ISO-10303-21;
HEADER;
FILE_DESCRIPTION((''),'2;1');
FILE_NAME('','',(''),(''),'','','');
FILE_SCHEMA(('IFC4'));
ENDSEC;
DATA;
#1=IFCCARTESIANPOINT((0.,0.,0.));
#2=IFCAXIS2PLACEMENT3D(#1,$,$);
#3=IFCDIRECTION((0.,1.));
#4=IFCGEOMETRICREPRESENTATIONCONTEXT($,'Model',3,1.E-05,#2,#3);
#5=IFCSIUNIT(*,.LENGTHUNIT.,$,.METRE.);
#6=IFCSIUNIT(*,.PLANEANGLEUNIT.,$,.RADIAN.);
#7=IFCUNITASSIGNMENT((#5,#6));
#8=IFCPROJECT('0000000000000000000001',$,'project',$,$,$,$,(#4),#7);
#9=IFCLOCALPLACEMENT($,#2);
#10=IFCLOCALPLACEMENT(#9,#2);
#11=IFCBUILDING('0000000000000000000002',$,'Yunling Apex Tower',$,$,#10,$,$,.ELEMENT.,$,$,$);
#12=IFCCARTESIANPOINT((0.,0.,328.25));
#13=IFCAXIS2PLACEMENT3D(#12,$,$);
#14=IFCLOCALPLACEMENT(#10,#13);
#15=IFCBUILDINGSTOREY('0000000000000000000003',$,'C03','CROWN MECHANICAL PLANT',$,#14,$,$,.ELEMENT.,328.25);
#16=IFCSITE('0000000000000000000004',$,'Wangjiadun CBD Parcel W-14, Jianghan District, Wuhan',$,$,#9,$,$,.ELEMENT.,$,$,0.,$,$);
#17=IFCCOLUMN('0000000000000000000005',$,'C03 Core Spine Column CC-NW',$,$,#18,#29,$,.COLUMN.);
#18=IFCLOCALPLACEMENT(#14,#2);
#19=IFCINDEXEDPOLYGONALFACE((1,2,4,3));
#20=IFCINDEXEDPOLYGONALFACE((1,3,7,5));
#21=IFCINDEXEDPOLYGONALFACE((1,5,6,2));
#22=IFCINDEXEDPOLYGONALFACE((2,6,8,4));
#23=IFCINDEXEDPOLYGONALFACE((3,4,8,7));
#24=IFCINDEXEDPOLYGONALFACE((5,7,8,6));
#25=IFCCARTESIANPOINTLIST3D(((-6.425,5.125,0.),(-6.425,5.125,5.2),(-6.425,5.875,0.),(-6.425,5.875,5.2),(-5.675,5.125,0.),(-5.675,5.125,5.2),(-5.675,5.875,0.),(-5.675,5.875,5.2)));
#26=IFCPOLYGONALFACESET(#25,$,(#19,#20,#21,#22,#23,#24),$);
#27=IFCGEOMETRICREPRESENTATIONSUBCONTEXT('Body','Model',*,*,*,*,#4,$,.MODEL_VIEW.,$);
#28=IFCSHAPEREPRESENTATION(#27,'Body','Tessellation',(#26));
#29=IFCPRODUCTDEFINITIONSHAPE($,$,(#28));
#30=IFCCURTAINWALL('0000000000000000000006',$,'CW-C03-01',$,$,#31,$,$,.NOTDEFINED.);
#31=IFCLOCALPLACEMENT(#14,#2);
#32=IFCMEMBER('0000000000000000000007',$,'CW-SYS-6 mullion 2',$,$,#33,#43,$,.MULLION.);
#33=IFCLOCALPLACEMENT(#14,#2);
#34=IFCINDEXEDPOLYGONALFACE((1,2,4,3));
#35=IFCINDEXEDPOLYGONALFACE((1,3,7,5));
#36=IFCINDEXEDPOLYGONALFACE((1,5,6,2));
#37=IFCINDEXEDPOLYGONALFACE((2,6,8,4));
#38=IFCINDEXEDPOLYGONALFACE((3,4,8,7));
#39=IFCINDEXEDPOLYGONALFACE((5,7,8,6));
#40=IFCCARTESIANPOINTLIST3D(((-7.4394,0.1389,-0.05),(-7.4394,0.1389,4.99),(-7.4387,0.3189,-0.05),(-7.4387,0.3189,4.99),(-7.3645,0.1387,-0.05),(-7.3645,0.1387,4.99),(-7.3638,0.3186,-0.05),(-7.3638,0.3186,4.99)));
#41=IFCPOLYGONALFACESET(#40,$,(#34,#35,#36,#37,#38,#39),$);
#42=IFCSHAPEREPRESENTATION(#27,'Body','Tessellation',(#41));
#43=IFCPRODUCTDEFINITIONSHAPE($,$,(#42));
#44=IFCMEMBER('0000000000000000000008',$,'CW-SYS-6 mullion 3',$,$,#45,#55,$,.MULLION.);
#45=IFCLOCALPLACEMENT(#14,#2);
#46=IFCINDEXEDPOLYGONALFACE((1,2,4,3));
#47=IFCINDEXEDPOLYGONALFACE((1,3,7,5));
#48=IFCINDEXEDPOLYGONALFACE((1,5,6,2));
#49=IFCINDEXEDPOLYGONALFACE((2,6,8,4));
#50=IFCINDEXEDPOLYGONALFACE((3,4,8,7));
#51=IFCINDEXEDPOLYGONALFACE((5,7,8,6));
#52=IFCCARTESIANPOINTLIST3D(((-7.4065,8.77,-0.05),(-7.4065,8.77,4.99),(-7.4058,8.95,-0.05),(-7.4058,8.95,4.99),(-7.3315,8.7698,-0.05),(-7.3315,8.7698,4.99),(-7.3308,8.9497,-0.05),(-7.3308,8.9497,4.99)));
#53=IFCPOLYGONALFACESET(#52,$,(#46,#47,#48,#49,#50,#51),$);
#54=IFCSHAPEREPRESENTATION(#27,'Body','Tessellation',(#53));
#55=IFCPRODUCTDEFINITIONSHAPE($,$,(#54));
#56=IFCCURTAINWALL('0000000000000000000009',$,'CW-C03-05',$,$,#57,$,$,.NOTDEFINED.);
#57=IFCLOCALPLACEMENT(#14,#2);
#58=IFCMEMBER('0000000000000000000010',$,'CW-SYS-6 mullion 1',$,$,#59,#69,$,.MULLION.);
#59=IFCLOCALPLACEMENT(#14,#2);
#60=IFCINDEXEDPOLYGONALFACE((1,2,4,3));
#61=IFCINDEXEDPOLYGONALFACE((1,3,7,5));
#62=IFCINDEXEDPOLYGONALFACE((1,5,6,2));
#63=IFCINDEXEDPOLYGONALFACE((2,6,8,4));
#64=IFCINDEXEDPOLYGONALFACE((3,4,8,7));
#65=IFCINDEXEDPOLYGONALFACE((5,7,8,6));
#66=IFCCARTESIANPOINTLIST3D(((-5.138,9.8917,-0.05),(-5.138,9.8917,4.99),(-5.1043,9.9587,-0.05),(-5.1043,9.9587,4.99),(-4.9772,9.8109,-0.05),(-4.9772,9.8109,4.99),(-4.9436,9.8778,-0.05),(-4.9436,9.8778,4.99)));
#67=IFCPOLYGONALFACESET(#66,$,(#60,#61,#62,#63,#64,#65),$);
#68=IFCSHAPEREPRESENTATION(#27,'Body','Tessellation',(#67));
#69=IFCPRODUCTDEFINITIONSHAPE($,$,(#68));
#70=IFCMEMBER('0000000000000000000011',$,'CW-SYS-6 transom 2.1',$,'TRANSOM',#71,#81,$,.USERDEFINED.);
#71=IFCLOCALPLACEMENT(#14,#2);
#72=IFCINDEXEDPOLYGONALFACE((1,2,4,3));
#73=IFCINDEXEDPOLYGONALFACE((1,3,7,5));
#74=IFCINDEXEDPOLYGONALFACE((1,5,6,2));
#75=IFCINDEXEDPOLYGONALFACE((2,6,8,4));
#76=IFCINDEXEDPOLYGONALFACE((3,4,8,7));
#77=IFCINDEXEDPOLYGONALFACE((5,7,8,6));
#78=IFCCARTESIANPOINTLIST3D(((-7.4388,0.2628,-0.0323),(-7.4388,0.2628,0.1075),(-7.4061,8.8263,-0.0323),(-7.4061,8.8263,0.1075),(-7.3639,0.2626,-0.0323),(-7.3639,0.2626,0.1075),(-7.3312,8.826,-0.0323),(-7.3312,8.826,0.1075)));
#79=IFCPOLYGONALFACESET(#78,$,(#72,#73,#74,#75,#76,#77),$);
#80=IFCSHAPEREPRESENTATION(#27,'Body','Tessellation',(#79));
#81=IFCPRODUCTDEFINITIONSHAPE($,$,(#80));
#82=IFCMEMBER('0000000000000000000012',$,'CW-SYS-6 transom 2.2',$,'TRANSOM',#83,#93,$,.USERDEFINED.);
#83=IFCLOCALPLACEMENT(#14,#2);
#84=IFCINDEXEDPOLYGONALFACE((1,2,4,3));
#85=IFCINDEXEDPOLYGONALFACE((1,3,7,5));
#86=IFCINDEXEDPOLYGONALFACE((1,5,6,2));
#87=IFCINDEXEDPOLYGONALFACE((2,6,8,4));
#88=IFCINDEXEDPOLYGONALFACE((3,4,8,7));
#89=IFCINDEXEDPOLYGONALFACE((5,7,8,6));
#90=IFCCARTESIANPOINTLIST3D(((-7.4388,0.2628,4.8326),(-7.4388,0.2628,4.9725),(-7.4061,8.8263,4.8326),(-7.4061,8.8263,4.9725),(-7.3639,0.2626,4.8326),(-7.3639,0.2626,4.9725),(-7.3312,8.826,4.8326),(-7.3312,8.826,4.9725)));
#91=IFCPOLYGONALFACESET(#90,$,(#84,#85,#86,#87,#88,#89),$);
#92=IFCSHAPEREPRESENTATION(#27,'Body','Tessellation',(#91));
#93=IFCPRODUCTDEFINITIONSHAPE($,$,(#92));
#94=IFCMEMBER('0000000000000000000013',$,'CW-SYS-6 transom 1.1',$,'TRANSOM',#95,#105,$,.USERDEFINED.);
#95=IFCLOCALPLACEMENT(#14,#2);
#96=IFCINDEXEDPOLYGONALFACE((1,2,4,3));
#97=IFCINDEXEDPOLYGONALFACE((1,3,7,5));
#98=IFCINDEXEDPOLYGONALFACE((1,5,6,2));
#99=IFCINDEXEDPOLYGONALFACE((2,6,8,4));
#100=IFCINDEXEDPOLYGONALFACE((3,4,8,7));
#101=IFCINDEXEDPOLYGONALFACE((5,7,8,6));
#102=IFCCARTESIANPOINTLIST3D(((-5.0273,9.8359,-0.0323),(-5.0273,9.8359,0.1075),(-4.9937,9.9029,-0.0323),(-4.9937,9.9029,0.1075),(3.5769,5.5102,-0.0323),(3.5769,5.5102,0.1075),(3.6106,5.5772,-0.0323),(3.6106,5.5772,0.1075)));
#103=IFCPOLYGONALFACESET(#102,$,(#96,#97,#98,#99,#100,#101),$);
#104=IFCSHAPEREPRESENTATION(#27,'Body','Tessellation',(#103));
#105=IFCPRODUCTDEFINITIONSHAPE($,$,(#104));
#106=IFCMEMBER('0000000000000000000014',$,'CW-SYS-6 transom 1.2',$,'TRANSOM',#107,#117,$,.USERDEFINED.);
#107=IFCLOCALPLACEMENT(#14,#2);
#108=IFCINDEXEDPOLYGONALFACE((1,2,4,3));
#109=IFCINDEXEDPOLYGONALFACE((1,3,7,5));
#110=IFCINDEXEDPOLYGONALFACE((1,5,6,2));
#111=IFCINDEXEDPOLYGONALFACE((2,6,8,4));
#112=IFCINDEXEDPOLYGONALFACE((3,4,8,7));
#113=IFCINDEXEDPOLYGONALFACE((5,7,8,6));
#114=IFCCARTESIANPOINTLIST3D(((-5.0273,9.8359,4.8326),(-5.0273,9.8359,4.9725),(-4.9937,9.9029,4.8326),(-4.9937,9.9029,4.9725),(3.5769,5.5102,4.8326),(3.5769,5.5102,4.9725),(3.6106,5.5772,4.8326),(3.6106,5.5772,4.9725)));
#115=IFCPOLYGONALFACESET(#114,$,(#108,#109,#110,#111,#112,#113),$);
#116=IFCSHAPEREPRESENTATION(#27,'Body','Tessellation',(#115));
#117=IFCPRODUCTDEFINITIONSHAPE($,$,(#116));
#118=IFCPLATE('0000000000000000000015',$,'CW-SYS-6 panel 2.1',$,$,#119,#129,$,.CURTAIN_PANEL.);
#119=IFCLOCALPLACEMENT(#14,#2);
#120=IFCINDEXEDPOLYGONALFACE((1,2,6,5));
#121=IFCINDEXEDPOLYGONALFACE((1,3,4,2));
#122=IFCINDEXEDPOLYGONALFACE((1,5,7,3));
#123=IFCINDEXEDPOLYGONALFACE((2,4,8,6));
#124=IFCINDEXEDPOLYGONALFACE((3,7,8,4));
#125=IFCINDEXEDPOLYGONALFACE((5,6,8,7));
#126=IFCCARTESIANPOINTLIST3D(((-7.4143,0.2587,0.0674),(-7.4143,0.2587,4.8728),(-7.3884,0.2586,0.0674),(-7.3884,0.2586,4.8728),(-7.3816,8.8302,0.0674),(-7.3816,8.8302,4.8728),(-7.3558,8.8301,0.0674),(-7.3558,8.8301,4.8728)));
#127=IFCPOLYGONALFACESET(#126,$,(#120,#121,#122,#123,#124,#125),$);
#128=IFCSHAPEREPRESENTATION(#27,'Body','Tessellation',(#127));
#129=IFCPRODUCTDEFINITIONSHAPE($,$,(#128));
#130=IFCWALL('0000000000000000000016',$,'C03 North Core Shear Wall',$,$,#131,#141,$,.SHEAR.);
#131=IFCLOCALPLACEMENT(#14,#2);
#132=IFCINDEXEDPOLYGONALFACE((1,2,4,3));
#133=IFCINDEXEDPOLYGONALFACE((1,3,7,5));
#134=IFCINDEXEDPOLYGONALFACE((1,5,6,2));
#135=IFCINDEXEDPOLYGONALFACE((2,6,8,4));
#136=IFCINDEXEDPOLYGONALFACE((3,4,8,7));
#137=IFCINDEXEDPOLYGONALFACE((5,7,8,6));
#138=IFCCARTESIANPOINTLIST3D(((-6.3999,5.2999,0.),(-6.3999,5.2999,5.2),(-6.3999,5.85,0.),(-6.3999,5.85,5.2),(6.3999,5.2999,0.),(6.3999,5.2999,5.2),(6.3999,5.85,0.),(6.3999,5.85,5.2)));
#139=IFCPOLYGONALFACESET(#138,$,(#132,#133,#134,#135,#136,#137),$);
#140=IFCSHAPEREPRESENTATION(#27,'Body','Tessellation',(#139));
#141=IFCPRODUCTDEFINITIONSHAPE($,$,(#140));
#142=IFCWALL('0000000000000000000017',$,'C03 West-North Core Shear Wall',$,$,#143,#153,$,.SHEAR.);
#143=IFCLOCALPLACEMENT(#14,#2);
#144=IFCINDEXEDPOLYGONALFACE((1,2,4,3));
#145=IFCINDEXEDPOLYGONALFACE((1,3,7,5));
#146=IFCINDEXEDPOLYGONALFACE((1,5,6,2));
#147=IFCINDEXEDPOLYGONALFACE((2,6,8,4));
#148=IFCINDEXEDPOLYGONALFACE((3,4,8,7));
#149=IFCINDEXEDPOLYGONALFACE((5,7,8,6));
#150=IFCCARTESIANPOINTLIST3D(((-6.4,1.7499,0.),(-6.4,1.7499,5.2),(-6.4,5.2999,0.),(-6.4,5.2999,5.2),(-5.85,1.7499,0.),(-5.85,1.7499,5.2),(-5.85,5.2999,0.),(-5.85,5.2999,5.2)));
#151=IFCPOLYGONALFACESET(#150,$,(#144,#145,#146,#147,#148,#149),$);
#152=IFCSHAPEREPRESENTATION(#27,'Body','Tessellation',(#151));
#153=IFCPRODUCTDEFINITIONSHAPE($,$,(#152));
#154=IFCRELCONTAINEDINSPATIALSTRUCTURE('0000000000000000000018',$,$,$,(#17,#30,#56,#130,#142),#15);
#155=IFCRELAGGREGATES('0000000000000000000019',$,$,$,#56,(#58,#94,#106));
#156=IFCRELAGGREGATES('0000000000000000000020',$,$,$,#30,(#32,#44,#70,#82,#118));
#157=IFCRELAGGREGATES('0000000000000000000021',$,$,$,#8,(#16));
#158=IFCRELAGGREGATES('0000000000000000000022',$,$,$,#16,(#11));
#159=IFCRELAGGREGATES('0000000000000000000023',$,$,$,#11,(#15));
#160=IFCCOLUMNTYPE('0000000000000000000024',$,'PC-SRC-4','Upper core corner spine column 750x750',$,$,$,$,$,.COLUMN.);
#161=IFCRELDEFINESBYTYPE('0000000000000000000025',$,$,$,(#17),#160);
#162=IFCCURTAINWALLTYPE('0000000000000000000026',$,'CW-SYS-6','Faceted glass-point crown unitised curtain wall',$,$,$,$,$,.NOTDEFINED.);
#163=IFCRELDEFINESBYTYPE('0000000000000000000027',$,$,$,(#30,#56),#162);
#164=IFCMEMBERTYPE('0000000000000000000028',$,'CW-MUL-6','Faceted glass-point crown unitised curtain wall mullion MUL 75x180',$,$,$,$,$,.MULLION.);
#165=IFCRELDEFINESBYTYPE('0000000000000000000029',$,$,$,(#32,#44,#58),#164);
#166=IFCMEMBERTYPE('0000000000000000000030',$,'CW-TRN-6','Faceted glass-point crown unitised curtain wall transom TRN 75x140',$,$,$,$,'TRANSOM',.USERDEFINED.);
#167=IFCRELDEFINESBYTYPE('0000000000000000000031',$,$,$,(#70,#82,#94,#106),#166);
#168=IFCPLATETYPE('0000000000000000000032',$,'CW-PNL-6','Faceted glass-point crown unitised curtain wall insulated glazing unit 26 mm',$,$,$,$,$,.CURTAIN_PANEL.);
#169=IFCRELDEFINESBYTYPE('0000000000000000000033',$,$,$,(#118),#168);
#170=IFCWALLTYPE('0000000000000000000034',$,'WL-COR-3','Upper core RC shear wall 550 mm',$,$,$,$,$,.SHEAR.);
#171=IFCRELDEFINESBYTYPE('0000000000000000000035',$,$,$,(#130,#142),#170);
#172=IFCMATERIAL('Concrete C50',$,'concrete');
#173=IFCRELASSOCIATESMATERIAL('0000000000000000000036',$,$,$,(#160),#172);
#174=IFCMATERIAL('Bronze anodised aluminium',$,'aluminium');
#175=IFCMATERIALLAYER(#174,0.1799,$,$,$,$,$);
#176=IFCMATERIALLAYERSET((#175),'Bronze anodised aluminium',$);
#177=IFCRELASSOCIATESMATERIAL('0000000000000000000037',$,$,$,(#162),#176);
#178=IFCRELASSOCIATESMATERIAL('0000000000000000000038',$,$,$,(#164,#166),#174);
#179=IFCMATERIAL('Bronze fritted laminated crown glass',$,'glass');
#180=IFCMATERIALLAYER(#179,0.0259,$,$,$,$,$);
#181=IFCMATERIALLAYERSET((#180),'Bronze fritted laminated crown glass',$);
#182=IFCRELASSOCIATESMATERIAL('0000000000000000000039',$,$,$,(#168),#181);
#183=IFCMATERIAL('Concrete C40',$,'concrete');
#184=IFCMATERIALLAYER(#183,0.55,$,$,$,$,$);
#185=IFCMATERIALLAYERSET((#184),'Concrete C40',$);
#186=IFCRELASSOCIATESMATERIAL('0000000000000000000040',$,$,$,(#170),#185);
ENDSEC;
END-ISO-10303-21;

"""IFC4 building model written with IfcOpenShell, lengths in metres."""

from ifc_helpers import new_model, si_unit, direction, frame, frame_2d, origin, origin_2d, place, context, subcontext, project, spatial, rectangle, extrude, source, transform, mapped, material, layer, layer_set, material_profile, profile_set, type_object, element, aggregate, save


model = new_model("IFC4")

# Units and contexts
model_context = context("Model", 3, precision=1e-05, world=origin(), true_north=direction((0.0, 1.0)))
body_context = subcontext(model_context, "Body", "Model", "MODEL_VIEW")
ifc_project = project(units=[si_unit("LENGTHUNIT", "METRE"), si_unit("PLANEANGLEUNIT", "RADIAN")], contexts=[model_context])

# Site, building, storey
site_placement = place(None, origin())
site = spatial("IfcSite", under=ifc_project, at=site_placement, Name="Wangjiadun CBD Parcel W-14, Jianghan District, Wuhan", CompositionType="ELEMENT", RefElevation=0.0)
building_placement = place(site_placement, origin())
building = spatial("IfcBuilding", under=site, at=building_placement, Name="Yunling Apex Tower", CompositionType="ELEMENT")
storey_placement = place(building_placement, frame((0.0, 0.0, 328.25)))
storey = spatial("IfcBuildingStorey", under=building, at=storey_placement, Name="C03", Description="CROWN MECHANICAL PLANT", CompositionType="ELEMENT", Elevation=328.25)

# Column
ifc_material_1 = material(Name="Concrete C50", Category="concrete")
ifc_material_profile_1 = material_profile(ifc_material_1, rectangle(XDim=0.75, YDim=0.75, at=origin_2d()))
ifc_profile_set_1 = profile_set([ifc_material_profile_1], Name="Concrete C50")
column_type = type_object("IfcColumnType", Name="PC-SRC-4", Description="Upper core corner spine column 750x750", PredefinedType="COLUMN", material=ifc_profile_set_1)
shared_shape_1 = source(origin(), body_context, "Body", "SweptSolid", [
    extrude(rectangle(XDim=0.75, YDim=0.75, at=origin_2d()), origin(), (0.0, 0.0, 1.0), 5.2),
])
column_placement = place(storey_placement, frame((-6.05, 5.5, 0.0), z_axis=(0.0, 0.0, 1.0), x_axis=(1.0, 0.0, 0.0)))
element("IfcColumn", 1, at=column_placement, inside=storey, type_object=column_type, Name="C03 Core Spine Column CC-NW", PredefinedType="COLUMN", context=body_context, shape_type="MappedRepresentation", body=[
    mapped(shared_shape_1, transform((0.0, 0.0, 0.0), scale=1.0)),
])

# Curtain wall, members
ifc_material_2 = material(Name="Bronze anodised aluminium", Category="aluminium")
ifc_layer_1 = layer(ifc_material_2, 0.1799)
ifc_layer_set_1 = layer_set([ifc_layer_1], Name="Bronze anodised aluminium")
curtain_wall_type = type_object("IfcCurtainWallType", Name="CW-SYS-6", Description="Faceted glass-point crown unitised curtain wall", PredefinedType="NOTDEFINED", material=ifc_layer_set_1)
curtain_wall_1_placement = place(storey_placement, origin())
curtain_wall_1 = element("IfcCurtainWall", 2, at=curtain_wall_1_placement, inside=storey, type_object=curtain_wall_type, Name="CW-C03-01", PredefinedType="NOTDEFINED")
ifc_material_profile_2 = material_profile(ifc_material_2, rectangle(XDim=0.075, YDim=0.1799, at=origin_2d()))
ifc_profile_set_2 = profile_set([ifc_material_profile_2], Name="Bronze anodised aluminium")
member_type_1 = type_object("IfcMemberType", Name="CW-MUL-6", Description="Faceted glass-point crown unitised curtain wall mullion MUL 75x180", PredefinedType="MULLION", material=ifc_profile_set_2)
shared_shape_2 = source(origin(), body_context, "Body", "SweptSolid", [
    extrude(rectangle(XDim=0.075, YDim=0.1799, at=origin_2d()), origin(), (0.0, 0.0, 1.0), 5.04),
])
member_1_placement = place(storey_placement, frame((-7.4016, 0.2288, -0.05), z_axis=(0.0, 0.0, 1.0), x_axis=(-0.999993, 0.003807, 0.0)))
member_1 = element("IfcMember", 3, at=member_1_placement, type_object=member_type_1, Name="CW-SYS-6 mullion 2", PredefinedType="MULLION", context=body_context, shape_type="MappedRepresentation", body=[
    mapped(shared_shape_2, transform((0.0, 0.0, 0.0), scale=1.0)),
])
member_2_placement = place(storey_placement, frame((-7.3687, 8.8599, -0.05), z_axis=(0.0, 0.0, 1.0), x_axis=(-0.999993, 0.003807, 0.0)))
member_2 = element("IfcMember", 4, at=member_2_placement, type_object=member_type_1, Name="CW-SYS-6 mullion 3", PredefinedType="MULLION", context=body_context, shape_type="MappedRepresentation", body=[
    mapped(shared_shape_2, transform((0.0, 0.0, 0.0), scale=1.0)),
])

# Curtain wall, member
curtain_wall_2_placement = place(storey_placement, origin())
curtain_wall_2 = element("IfcCurtainWall", 5, at=curtain_wall_2_placement, inside=storey, type_object=curtain_wall_type, Name="CW-C03-05", PredefinedType="NOTDEFINED")
member_3_placement = place(storey_placement, frame((-5.0408, 9.8848, -0.05), z_axis=(0.0, 0.0, 1.0), x_axis=(0.449185, 0.893439, 0.0)))
member_3 = element("IfcMember", 6, at=member_3_placement, type_object=member_type_1, Name="CW-SYS-6 mullion 1", PredefinedType="MULLION", context=body_context, shape_type="MappedRepresentation", body=[
    mapped(shared_shape_2, transform((0.0, 0.0, 0.0), scale=1.0)),
])

# Members
ifc_material_profile_3 = material_profile(ifc_material_2, rectangle(XDim=0.075, YDim=0.1399, at=origin_2d()))
ifc_profile_set_3 = profile_set([ifc_material_profile_3], Name="Bronze anodised aluminium")
member_type_2 = type_object("IfcMemberType", Name="CW-TRN-6", Description="Faceted glass-point crown unitised curtain wall transom TRN 75x140", ElementType="TRANSOM", PredefinedType="USERDEFINED", material=ifc_profile_set_3)
shared_shape_3 = source(origin(), body_context, "Body", "SweptSolid", [
    extrude(rectangle(XDim=0.075, YDim=0.1399, at=origin_2d()), origin(), (0.0, 0.0, 1.0), 8.5635),
])
member_4_placement = place(storey_placement, frame((-7.4014, 0.2627, 0.0376), z_axis=(0.00382, 0.999993, 0.0), x_axis=(-0.999993, 0.00382, 0.0)))
member_4 = element("IfcMember", 7, at=member_4_placement, type_object=member_type_2, Name="CW-SYS-6 transom 2.1", ObjectType="TRANSOM", PredefinedType="USERDEFINED", context=body_context, shape_type="MappedRepresentation", body=[
    mapped(shared_shape_3, transform((0.0, 0.0, 0.0), scale=1.0)),
])
member_5_placement = place(storey_placement, frame((-7.4014, 0.2627, 4.9026), z_axis=(0.00382, 0.999993, 0.0), x_axis=(-0.999993, 0.00382, 0.0)))
member_5 = element("IfcMember", 8, at=member_5_placement, type_object=member_type_2, Name="CW-SYS-6 transom 2.2", ObjectType="TRANSOM", PredefinedType="USERDEFINED", context=body_context, shape_type="MappedRepresentation", body=[
    mapped(shared_shape_3, transform((0.0, 0.0, 0.0), scale=1.0)),
])
shared_shape_4 = source(origin(), body_context, "Body", "SweptSolid", [
    extrude(rectangle(XDim=0.075, YDim=0.1399, at=origin_2d()), origin(), (0.0, 0.0, 1.0), 9.6304),
])
member_6_placement = place(storey_placement, frame((-5.0105, 9.8694, 0.0376), z_axis=(0.893446, -0.44917, 0.0), x_axis=(0.44917, 0.893446, 0.0)))
member_6 = element("IfcMember", 9, at=member_6_placement, type_object=member_type_2, Name="CW-SYS-6 transom 1.1", ObjectType="TRANSOM", PredefinedType="USERDEFINED", context=body_context, shape_type="MappedRepresentation", body=[
    mapped(shared_shape_4, transform((0.0, 0.0, 0.0), scale=1.0)),
])
member_7_placement = place(storey_placement, frame((-5.0105, 9.8694, 4.9026), z_axis=(0.893446, -0.44917, 0.0), x_axis=(0.44917, 0.893446, 0.0)))
member_7 = element("IfcMember", 10, at=member_7_placement, type_object=member_type_2, Name="CW-SYS-6 transom 1.2", ObjectType="TRANSOM", PredefinedType="USERDEFINED", context=body_context, shape_type="MappedRepresentation", body=[
    mapped(shared_shape_4, transform((0.0, 0.0, 0.0), scale=1.0)),
])
aggregate(curtain_wall_2, [member_3, member_6, member_7])

# Plate
ifc_material_3 = material(Name="Bronze fritted laminated crown glass", Category="glass")
ifc_layer_2 = layer(ifc_material_3, 0.0259)
ifc_layer_set_2 = layer_set([ifc_layer_2], Name="Bronze fritted laminated crown glass")
plate_type = type_object("IfcPlateType", Name="CW-PNL-6", Description="Faceted glass-point crown unitised curtain wall insulated glazing unit 26 mm", PredefinedType="CURTAIN_PANEL", material=ifc_layer_set_2)
shared_shape_5 = source(origin(), body_context, "Body", "SweptSolid", [
    extrude(rectangle(XDim=8.5715, YDim=0.0259, at=origin_2d()), origin(), (0.0, 0.0, 1.0), 4.8054),
])
plate_placement = place(storey_placement, frame((-7.385, 4.5444, 0.0674), z_axis=(0.0, 0.0, 1.0), x_axis=(0.003807, 0.999993, 0.0)))
plate = element("IfcPlate", 11, at=plate_placement, type_object=plate_type, Name="CW-SYS-6 panel 2.1", PredefinedType="CURTAIN_PANEL", context=body_context, shape_type="MappedRepresentation", body=[
    mapped(shared_shape_5, transform((0.0, 0.0, 0.0), scale=1.0)),
])
aggregate(curtain_wall_1, [member_1, member_2, member_4, member_5, plate])

# Walls
ifc_material_4 = material(Name="Concrete C40", Category="concrete")
ifc_layer_3 = layer(ifc_material_4, 0.55)
ifc_layer_set_3 = layer_set([ifc_layer_3], Name="Concrete C40")
wall_type_1 = type_object("IfcWallType", Name="WL-COR-3", Description="Upper core RC shear wall 550 mm", PredefinedType="SHEAR", material=ifc_layer_set_3)
wall_1_placement = place(storey_placement, frame((-6.3999, 5.575, 0.0), z_axis=(0.0, 0.0, 1.0), x_axis=(1.0, 0.0, 0.0)))
element("IfcWall", 12, at=wall_1_placement, inside=storey, type_object=wall_type_1, Name="C03 North Core Shear Wall", PredefinedType="SHEAR", context=body_context, shape_type="SweptSolid", body=[
    extrude(rectangle(XDim=12.7998, YDim=0.55, at=frame_2d((6.3999, 0.0))), origin(), (0.0, 0.0, 1.0), 5.2),
])
wall_2_placement = place(storey_placement, frame((-6.125, 1.75, 0.0), z_axis=(0.0, 0.0, 1.0), x_axis=(0.0, 1.0, 0.0)))
element("IfcWall", 13, at=wall_2_placement, inside=storey, type_object=wall_type_1, Name="C03 West-North Core Shear Wall", PredefinedType="SHEAR", context=body_context, shape_type="SweptSolid", body=[
    extrude(rectangle(XDim=3.55, YDim=0.55, at=frame_2d((1.7749, 0.0))), origin(), (0.0, 0.0, 1.0), 5.2),
])

save(model, "model.ifc")
